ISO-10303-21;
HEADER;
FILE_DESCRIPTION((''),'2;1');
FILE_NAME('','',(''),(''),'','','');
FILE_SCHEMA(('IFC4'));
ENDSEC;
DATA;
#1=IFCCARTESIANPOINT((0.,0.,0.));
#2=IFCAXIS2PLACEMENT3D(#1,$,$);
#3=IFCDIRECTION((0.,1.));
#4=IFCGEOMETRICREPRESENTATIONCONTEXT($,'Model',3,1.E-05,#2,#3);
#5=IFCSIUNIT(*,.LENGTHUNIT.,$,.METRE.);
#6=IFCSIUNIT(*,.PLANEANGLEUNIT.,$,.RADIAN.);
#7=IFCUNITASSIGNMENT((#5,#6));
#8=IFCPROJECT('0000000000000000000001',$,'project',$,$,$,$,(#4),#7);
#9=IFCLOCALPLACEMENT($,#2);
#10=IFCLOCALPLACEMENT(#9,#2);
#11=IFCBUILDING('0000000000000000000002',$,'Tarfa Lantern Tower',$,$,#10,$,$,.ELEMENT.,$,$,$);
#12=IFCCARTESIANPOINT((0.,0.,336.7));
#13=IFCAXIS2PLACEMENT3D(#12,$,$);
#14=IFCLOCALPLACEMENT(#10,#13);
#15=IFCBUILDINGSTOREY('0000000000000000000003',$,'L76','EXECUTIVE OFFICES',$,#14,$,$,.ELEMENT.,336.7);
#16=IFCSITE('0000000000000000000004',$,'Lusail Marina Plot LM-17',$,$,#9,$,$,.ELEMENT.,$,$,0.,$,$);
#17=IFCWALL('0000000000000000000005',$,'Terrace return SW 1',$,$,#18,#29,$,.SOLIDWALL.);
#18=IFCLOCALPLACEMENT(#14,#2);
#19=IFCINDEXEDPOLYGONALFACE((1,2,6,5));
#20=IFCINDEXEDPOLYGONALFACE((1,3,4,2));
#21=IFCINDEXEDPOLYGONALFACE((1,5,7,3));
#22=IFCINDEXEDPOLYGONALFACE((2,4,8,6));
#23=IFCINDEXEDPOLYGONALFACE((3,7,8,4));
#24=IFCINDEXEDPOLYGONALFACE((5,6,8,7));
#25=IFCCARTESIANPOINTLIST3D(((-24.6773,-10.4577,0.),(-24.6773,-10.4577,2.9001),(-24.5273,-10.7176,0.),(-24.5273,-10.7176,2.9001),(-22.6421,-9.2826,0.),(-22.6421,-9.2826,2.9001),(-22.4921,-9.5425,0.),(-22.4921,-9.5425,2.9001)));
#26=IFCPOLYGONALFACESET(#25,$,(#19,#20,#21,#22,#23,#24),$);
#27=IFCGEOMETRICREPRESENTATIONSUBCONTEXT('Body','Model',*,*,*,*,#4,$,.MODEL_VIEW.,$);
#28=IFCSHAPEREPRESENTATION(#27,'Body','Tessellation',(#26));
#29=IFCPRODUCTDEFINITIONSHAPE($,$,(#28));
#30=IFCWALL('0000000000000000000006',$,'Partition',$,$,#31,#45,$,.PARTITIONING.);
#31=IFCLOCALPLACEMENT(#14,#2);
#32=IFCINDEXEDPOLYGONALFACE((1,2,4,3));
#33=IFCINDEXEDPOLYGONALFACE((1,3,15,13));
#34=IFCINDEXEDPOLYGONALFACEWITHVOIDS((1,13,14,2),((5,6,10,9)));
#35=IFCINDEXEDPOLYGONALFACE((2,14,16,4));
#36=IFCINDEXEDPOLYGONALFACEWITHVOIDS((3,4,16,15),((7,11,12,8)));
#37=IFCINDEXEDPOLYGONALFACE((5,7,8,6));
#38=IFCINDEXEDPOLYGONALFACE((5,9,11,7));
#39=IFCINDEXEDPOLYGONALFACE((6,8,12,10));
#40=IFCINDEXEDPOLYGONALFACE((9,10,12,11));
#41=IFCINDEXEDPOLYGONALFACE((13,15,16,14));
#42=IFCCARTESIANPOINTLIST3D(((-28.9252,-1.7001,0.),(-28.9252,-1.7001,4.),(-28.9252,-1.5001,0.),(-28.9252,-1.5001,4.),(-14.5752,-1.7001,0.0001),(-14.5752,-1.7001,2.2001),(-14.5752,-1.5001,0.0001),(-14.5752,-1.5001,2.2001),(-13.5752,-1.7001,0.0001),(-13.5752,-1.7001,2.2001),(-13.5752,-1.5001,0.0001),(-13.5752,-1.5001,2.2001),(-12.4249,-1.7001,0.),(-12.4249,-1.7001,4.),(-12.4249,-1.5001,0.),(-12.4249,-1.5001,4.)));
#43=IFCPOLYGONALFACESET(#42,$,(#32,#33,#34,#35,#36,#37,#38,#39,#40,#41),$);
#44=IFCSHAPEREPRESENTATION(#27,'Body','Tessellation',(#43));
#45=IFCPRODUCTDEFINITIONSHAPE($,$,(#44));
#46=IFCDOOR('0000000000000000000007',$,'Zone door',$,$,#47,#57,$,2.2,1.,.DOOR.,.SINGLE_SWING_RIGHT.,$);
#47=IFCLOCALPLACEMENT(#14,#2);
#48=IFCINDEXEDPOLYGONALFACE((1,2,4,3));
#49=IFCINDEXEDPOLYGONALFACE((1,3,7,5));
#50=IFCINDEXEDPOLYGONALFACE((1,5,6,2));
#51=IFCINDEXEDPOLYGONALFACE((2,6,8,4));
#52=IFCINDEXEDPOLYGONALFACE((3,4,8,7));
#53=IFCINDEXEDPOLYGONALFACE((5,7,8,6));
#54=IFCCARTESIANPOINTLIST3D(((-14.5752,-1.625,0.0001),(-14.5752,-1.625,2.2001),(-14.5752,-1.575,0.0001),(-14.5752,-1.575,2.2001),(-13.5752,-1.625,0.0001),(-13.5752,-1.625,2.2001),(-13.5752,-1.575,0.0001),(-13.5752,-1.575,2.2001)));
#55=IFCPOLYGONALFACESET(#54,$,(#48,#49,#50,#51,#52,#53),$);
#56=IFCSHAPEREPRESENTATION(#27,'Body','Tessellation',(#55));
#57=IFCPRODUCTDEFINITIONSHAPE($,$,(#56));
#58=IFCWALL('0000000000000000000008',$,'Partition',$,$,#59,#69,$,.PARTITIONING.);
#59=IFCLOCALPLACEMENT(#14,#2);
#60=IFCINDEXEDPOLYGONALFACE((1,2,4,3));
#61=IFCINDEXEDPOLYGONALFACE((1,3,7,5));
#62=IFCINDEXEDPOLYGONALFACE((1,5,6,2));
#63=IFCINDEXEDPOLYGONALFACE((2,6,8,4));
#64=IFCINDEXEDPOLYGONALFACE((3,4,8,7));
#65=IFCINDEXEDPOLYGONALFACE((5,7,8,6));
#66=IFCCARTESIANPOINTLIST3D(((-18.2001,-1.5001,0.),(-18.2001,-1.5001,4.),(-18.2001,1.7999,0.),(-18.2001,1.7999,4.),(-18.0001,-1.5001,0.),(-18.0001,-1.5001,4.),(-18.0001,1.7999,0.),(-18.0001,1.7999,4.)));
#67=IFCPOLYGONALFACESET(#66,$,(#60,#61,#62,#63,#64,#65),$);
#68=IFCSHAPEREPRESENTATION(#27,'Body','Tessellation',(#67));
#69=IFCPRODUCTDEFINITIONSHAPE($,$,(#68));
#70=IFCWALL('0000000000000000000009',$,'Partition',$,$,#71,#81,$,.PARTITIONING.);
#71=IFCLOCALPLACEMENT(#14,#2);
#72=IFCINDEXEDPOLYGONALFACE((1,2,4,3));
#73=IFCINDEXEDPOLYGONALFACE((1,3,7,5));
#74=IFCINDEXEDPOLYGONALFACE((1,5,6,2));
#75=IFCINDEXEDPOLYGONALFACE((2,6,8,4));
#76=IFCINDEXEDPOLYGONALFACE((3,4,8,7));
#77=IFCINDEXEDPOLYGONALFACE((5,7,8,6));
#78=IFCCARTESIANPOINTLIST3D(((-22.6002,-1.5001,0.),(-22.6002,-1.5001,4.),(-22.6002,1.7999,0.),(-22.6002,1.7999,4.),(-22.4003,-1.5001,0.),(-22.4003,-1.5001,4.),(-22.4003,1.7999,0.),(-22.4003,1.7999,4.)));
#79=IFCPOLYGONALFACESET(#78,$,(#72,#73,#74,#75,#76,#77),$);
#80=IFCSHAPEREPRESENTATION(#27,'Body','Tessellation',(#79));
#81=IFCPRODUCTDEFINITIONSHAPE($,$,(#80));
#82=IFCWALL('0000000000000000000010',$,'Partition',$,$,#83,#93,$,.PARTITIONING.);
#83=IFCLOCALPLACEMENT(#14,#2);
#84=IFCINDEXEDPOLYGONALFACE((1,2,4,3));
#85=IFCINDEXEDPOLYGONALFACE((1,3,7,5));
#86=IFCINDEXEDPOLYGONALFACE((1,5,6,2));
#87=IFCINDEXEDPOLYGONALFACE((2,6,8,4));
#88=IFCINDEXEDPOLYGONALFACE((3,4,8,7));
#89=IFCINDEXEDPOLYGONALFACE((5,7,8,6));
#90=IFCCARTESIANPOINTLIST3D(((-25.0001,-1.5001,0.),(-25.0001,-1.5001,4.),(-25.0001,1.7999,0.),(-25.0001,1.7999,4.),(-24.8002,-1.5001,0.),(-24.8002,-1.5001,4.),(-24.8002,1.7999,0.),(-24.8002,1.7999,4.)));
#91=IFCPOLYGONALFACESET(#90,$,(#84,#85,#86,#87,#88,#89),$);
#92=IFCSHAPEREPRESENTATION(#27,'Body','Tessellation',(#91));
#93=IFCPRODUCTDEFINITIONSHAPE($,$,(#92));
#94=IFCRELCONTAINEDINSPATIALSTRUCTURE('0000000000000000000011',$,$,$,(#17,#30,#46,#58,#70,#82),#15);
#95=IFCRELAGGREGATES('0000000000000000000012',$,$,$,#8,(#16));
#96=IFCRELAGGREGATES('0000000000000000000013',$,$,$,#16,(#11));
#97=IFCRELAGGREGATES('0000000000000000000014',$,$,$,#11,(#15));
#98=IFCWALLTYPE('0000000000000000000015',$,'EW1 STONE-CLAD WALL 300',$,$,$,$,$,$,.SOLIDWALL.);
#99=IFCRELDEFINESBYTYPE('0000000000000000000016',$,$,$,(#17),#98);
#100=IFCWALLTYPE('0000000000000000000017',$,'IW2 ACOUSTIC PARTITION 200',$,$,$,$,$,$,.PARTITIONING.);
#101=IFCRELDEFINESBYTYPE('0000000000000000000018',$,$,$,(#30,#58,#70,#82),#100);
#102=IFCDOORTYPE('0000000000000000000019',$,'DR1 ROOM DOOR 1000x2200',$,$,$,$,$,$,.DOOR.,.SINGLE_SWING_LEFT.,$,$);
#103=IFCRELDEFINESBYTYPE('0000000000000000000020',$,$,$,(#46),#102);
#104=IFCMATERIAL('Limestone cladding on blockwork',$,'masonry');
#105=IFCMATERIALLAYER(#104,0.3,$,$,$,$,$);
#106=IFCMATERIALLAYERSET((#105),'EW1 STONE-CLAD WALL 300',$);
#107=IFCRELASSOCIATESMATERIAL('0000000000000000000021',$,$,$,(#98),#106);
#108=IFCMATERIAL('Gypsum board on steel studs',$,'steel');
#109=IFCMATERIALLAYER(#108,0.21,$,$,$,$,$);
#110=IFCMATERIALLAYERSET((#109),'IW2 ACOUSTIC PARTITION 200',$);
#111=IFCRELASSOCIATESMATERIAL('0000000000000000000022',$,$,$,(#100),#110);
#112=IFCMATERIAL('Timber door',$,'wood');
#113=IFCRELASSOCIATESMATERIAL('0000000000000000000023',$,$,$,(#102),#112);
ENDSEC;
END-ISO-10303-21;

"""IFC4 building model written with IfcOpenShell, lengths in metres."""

from ifc_helpers import new_model, si_unit, direction, frame, frame_2d, origin, place, context, subcontext, project, spatial, rectangle, extrude, material, layer, layer_set, type_object, element, fill, save


model = new_model("IFC4")

# Units and contexts
model_context = context("Model", 3, precision=1e-05, world=origin(), true_north=direction((0.0, 1.0)))
body_context = subcontext(model_context, "Body", "Model", "MODEL_VIEW")
ifc_project = project(units=[si_unit("LENGTHUNIT", "METRE"), si_unit("PLANEANGLEUNIT", "RADIAN")], contexts=[model_context])

# Site, building, storey
site_placement = place(None, origin())
site = spatial("IfcSite", under=ifc_project, at=site_placement, Name="Lusail Marina Plot LM-17", CompositionType="ELEMENT", RefElevation=0.0)
building_placement = place(site_placement, origin())
building = spatial("IfcBuilding", under=site, at=building_placement, Name="Tarfa Lantern Tower", CompositionType="ELEMENT")
storey_placement = place(building_placement, frame((0.0, 0.0, 336.7)))
storey = spatial("IfcBuildingStorey", under=building, at=storey_placement, Name="L76", Description="EXECUTIVE OFFICES", CompositionType="ELEMENT", Elevation=336.7)

# Shared definitions
ifc_material_1 = material(Name="Limestone cladding on blockwork", Category="masonry")
ifc_layer_1 = layer(ifc_material_1, 0.3)
ifc_layer_set_1 = layer_set([ifc_layer_1], Name="EW1 STONE-CLAD WALL 300")
wall_type_1 = type_object("IfcWallType", Name="EW1 STONE-CLAD WALL 300", PredefinedType="SOLIDWALL", material=ifc_layer_set_1)

# Wall
wall_1_placement = place(storey_placement, frame((-24.6023, -10.5876, 0.0), z_axis=(0.0, 0.0, 1.0), x_axis=(0.866016, 0.500016, 0.0)))
element("IfcWall", 1, at=wall_1_placement, inside=storey, type_object=wall_type_1, Name="Terrace return SW 1", PredefinedType="SOLIDWALL", context=body_context, shape_type="SweptSolid", body=[
    extrude(rectangle(XDim=2.3501, YDim=0.3, at=frame_2d((1.175, 0.0))), origin(), (0.0, 0.0, 1.0), 2.9001),
])

# Wall, opening, door
ifc_material_2 = material(Name="Gypsum board on steel studs", Category="steel")
ifc_layer_2 = layer(ifc_material_2, 0.21)
ifc_layer_set_2 = layer_set([ifc_layer_2], Name="IW2 ACOUSTIC PARTITION 200")
wall_type_2 = type_object("IfcWallType", Name="IW2 ACOUSTIC PARTITION 200", PredefinedType="PARTITIONING", material=ifc_layer_set_2)
wall_2_placement = place(storey_placement, frame((-12.425, -1.6001, 0.0), z_axis=(0.0, 0.0, 1.0), x_axis=(-1.0, 0.0, 0.0)))
wall_2 = element("IfcWall", 2, at=wall_2_placement, inside=storey, type_object=wall_type_2, Name="Partition", PredefinedType="PARTITIONING", context=body_context, shape_type="SweptSolid", body=[
    extrude(rectangle(XDim=16.5002, YDim=0.2, at=frame_2d((8.25, 0.0))), origin(), (0.0, 0.0, 1.0), 4.0),
])
opening_1_placement = place(wall_2_placement, frame((1.1501, 0.0, 0.0)))
opening_1 = element("IfcOpeningElement", 3, at=opening_1_placement, cuts=wall_2, PredefinedType="OPENING", context=body_context, shape_type="SweptSolid", body=[
    extrude(rectangle(XDim=1.0, YDim=2.2, at=frame_2d((0.5, 1.1001))), frame((0.0, 0.1099, 0.0), z_axis=(0.0, -1.0, 0.0), x_axis=(1.0, 0.0, 0.0)), (0.0, 0.0, 1.0), 0.22),
])
ifc_material_3 = material(Name="Timber door", Category="wood")
door_type_1 = type_object("IfcDoorType", Name="DR1 ROOM DOOR 1000x2200", OperationType="SINGLE_SWING_LEFT", PredefinedType="DOOR", material=ifc_material_3)
door_1_placement = place(opening_1_placement, origin())
door_1 = element("IfcDoor", 4, at=door_1_placement, inside=storey, type_object=door_type_1, Name="Zone door", OperationType="SINGLE_SWING_RIGHT", OverallHeight=2.2, OverallWidth=1.0, PredefinedType="DOOR", context=body_context, shape_type="SweptSolid", body=[
    extrude(rectangle(XDim=1.0, YDim=2.2, at=frame_2d((0.5, 1.1001))), frame((0.0, 0.0249, 0.0), z_axis=(0.0, -1.0, 0.0), x_axis=(1.0, 0.0, 0.0)), (0.0, 0.0, 1.0), 0.05),
])
fill(opening_1, door_1)

# Walls
for number, where, z_axis, x_axis, name in (
    (5, (-18.1001, -1.5, 0.0), (0.0, 0.0, 1.0), (0.0, 1.0, 0.0), "Partition"),
    (6, (-22.5002, -1.5, 0.0), (0.0, 0.0, 1.0), (0.0, 1.0, 0.0), "Partition"),
    (7, (-24.9001, -1.5, 0.0), (0.0, 0.0, 1.0), (0.0, 1.0, 0.0), "Partition"),
):
    element("IfcWall", number, at=place(storey_placement, frame(where, z_axis=z_axis, x_axis=x_axis)), inside=storey, type_object=wall_type_2, Name=name, PredefinedType="PARTITIONING", context=body_context, shape_type="SweptSolid", body=[
        extrude(rectangle(XDim=3.3, YDim=0.2, at=frame_2d((1.6499, 0.0))), origin(), (0.0, 0.0, 1.0), 4.0),
    ])

save(model, "model.ifc")
